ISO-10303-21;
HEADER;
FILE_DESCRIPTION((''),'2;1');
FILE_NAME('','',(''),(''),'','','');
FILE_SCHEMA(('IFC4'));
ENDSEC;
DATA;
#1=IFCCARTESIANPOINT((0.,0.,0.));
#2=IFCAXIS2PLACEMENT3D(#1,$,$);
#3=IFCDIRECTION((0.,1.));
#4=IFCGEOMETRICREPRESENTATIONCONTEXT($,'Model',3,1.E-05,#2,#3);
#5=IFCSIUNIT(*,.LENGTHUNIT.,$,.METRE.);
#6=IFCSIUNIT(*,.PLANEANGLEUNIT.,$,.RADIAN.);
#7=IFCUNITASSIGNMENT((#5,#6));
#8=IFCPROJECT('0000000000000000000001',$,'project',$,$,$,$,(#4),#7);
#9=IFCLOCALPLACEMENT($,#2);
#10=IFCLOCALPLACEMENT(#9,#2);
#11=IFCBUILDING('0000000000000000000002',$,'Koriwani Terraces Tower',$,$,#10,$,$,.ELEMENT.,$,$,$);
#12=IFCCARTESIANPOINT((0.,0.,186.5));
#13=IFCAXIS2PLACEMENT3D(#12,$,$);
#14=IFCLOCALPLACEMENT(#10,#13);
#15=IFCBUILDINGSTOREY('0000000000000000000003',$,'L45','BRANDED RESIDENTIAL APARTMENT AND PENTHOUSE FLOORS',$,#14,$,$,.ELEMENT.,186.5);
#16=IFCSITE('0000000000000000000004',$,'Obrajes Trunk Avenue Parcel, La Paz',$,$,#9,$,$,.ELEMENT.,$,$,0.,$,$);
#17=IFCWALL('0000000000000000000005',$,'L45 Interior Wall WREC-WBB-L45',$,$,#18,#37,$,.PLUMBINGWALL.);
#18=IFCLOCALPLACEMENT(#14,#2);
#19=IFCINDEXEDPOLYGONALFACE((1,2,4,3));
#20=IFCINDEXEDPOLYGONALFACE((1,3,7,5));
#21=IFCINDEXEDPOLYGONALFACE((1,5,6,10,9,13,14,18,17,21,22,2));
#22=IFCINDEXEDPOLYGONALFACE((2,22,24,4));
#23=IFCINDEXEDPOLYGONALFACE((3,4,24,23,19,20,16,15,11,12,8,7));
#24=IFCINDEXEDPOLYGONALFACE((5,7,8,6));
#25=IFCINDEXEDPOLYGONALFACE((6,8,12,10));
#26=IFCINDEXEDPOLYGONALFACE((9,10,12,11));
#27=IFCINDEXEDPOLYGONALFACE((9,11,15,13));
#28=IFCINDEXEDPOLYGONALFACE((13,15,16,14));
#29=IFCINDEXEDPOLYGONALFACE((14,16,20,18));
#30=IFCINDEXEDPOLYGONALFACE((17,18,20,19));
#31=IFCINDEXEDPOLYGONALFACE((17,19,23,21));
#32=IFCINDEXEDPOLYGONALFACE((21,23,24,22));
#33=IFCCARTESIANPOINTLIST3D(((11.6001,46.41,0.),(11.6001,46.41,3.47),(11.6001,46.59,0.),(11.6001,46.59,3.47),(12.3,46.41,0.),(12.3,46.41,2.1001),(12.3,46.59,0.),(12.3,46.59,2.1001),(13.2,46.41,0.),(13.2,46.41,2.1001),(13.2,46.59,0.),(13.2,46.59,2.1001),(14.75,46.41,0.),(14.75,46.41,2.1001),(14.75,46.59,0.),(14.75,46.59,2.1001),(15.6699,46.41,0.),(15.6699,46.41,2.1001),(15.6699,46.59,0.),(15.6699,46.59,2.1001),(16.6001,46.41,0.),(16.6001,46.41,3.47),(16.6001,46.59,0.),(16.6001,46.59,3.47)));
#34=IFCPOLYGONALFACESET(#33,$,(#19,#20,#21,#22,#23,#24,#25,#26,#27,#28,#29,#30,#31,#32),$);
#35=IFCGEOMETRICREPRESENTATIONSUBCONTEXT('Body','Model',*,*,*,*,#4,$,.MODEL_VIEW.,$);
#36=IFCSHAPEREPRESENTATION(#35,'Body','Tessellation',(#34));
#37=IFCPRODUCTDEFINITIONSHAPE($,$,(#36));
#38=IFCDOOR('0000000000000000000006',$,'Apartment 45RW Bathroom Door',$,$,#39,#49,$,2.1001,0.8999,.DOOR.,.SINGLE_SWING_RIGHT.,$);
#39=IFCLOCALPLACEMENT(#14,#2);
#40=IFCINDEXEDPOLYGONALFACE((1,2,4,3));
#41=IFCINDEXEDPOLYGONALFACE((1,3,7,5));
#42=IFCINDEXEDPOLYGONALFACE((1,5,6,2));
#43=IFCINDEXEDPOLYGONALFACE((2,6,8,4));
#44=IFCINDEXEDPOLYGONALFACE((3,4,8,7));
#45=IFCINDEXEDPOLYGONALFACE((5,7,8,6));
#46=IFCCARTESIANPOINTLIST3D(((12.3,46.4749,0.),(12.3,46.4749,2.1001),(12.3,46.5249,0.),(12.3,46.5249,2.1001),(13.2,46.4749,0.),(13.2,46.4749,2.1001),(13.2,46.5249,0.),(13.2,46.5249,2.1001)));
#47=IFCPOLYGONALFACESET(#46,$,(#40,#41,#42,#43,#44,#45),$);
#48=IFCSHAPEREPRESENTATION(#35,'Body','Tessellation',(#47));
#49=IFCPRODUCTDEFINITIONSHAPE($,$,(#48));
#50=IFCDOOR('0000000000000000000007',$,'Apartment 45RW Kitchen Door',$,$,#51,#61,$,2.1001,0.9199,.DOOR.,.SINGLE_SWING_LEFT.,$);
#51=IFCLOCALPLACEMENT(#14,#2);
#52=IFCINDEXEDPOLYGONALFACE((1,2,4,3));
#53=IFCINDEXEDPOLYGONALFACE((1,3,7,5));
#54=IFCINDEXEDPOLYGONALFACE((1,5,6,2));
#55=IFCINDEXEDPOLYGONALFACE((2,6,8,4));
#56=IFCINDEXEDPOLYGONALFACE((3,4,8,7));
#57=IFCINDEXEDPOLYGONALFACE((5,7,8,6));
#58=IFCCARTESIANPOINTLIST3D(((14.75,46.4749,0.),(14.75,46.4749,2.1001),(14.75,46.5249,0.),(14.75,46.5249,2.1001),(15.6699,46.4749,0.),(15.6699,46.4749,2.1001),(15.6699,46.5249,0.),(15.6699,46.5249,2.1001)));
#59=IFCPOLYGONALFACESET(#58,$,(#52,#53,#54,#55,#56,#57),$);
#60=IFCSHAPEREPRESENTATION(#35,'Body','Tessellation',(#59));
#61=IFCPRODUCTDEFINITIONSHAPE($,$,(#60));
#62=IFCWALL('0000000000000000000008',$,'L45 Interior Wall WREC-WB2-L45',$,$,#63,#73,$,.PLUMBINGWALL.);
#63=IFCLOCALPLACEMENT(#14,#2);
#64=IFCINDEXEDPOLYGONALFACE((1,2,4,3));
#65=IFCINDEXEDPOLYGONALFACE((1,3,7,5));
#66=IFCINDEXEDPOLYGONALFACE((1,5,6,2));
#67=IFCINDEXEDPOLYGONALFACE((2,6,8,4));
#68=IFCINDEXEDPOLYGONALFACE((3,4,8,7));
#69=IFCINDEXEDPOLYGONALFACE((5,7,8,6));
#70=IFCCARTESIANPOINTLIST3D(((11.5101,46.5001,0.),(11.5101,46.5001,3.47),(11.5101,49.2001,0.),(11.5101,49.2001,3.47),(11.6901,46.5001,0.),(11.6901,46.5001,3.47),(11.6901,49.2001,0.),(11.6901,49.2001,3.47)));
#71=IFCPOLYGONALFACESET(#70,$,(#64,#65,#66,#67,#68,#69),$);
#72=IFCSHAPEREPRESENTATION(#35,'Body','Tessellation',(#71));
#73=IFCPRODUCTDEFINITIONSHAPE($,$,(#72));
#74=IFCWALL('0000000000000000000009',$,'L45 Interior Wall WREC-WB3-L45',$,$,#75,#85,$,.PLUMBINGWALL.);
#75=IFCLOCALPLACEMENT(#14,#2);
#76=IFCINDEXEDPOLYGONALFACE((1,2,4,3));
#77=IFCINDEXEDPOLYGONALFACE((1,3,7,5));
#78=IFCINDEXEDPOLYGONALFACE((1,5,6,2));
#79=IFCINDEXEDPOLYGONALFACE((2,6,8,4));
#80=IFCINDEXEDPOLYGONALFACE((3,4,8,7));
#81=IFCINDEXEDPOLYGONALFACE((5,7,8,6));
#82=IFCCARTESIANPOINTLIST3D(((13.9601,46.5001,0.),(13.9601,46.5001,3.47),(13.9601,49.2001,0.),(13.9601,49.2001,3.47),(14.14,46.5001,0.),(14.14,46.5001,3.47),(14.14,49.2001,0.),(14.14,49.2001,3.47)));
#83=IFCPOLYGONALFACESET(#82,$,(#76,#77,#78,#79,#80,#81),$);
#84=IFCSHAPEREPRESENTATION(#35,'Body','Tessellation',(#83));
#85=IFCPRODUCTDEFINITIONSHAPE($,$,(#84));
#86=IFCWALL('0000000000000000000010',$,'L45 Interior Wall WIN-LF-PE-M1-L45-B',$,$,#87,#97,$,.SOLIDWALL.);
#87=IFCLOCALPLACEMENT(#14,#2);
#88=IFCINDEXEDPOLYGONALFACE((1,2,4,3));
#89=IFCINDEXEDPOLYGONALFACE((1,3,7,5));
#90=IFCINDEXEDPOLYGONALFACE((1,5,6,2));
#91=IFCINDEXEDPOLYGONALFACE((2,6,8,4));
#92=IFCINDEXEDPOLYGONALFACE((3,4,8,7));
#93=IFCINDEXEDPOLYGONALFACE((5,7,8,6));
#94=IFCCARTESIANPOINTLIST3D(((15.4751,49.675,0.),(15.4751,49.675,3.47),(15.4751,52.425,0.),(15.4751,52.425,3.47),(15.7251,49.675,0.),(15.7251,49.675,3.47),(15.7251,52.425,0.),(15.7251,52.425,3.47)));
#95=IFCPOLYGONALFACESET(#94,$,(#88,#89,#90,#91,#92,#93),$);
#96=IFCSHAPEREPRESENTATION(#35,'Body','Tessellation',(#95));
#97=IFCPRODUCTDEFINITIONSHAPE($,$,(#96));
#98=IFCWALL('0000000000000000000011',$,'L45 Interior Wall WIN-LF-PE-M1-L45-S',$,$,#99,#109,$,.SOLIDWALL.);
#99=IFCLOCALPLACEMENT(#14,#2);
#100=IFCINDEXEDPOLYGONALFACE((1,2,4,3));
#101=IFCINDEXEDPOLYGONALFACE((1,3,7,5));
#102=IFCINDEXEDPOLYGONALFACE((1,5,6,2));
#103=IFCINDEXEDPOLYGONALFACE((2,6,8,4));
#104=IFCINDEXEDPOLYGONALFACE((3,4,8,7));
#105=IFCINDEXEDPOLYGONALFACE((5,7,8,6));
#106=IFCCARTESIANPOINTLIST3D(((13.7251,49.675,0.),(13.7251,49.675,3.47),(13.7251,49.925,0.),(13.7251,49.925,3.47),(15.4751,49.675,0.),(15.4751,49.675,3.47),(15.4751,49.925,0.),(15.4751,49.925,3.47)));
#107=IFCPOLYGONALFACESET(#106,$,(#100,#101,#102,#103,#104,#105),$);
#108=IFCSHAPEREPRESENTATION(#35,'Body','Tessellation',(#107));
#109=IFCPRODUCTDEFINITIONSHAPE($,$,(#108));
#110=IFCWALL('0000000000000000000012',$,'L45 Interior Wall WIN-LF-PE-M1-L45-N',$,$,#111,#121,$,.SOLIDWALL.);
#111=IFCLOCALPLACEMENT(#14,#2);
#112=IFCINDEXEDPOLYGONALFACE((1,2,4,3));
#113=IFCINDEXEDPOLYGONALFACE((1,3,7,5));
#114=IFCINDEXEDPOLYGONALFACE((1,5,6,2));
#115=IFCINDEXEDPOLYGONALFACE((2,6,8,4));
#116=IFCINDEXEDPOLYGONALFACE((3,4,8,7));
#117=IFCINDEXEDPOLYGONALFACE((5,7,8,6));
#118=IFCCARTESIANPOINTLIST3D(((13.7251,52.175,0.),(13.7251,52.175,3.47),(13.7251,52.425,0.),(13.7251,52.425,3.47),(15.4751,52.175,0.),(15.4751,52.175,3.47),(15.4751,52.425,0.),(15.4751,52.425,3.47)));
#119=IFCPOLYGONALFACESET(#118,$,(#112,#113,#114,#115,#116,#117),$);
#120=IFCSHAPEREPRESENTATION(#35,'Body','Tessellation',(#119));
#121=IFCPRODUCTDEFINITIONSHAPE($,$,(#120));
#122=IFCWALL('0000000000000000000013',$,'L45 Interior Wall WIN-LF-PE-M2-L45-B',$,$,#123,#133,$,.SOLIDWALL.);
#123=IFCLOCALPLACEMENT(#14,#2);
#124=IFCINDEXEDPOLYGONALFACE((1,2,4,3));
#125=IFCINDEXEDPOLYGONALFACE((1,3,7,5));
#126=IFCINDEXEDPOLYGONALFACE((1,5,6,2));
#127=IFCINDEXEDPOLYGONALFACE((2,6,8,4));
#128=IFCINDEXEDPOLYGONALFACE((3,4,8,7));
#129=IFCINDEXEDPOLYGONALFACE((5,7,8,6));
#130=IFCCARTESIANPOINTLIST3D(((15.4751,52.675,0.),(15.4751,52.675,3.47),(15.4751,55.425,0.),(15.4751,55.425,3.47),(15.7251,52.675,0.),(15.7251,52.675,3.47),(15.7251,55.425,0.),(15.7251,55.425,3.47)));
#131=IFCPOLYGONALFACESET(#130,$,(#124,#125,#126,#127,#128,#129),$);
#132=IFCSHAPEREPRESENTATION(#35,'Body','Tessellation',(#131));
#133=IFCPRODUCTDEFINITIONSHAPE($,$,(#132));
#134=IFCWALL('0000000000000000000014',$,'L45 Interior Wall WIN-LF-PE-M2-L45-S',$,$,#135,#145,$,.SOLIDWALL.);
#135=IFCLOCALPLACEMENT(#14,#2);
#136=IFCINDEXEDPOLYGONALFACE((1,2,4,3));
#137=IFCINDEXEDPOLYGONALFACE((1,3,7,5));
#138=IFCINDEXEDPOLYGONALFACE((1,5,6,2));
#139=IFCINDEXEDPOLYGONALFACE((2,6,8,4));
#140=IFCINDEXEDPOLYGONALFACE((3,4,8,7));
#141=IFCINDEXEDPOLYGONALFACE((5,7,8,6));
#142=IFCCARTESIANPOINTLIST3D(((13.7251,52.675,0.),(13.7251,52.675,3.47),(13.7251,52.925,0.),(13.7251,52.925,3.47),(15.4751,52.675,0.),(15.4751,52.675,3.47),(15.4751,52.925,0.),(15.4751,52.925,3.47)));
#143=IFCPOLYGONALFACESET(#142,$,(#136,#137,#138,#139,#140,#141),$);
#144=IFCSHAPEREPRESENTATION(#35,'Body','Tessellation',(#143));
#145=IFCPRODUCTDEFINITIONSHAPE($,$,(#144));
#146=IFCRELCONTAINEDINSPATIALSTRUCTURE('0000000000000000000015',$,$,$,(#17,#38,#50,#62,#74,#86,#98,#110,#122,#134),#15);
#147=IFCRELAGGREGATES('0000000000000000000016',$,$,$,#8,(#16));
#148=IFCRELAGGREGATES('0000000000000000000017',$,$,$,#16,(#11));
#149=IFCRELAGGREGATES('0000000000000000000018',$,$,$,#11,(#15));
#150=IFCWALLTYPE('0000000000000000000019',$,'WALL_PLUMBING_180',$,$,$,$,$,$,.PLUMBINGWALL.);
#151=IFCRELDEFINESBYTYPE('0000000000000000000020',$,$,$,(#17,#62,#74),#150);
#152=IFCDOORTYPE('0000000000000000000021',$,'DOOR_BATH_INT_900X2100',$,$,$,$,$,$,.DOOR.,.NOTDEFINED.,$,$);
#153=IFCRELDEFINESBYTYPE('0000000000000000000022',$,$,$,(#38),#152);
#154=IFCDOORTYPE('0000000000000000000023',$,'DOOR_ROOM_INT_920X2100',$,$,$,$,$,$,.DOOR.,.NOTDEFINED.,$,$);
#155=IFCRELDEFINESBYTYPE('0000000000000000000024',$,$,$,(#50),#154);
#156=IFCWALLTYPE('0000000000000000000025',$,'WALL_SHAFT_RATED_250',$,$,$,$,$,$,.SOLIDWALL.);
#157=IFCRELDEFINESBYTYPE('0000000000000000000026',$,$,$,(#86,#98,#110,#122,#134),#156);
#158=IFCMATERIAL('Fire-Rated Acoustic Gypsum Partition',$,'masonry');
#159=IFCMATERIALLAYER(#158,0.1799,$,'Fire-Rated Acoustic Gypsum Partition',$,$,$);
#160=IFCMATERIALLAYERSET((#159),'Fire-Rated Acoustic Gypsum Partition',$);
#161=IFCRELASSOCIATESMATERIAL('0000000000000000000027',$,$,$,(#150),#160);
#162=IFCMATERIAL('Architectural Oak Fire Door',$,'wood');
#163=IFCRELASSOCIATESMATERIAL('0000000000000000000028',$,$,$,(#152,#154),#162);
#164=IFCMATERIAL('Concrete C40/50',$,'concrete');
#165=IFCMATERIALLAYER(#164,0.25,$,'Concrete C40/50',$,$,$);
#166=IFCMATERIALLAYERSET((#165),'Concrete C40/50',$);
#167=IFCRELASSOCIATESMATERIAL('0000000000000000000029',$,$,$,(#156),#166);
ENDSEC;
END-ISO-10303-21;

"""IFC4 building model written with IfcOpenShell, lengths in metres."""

from ifc_helpers import new_model, si_unit, direction, frame, frame_2d, origin, place, context, subcontext, project, spatial, rectangle, extrude, material, layer, layer_set, type_object, element, fill, save


model = new_model("IFC4")

# Units and contexts
model_context = context("Model", 3, precision=1e-05, world=origin(), true_north=direction((0.0, 1.0)))
body_context = subcontext(model_context, "Body", "Model", "MODEL_VIEW")
ifc_project = project(units=[si_unit("LENGTHUNIT", "METRE"), si_unit("PLANEANGLEUNIT", "RADIAN")], contexts=[model_context])

# Site, building, storey
site_placement = place(None, origin())
site = spatial("IfcSite", under=ifc_project, at=site_placement, Name="Obrajes Trunk Avenue Parcel, La Paz", CompositionType="ELEMENT", RefElevation=0.0)
building_placement = place(site_placement, origin())
building = spatial("IfcBuilding", under=site, at=building_placement, Name="Koriwani Terraces Tower", CompositionType="ELEMENT")
storey_placement = place(building_placement, frame((0.0, 0.0, 186.5)))
storey = spatial("IfcBuildingStorey", under=building, at=storey_placement, Name="L45", Description="BRANDED RESIDENTIAL APARTMENT AND PENTHOUSE FLOORS", CompositionType="ELEMENT", Elevation=186.5)

# Shared definitions
ifc_material_1 = material(Name="Concrete C40/50", Category="concrete")

# Wall, openings, doors
ifc_material_2 = material(Name="Fire-Rated Acoustic Gypsum Partition", Category="masonry")
ifc_layer_1 = layer(ifc_material_2, 0.1799, Name="Fire-Rated Acoustic Gypsum Partition")
ifc_layer_set_1 = layer_set([ifc_layer_1], Name="Fire-Rated Acoustic Gypsum Partition")
wall_type_1 = type_object("IfcWallType", Name="WALL_PLUMBING_180", PredefinedType="PLUMBINGWALL", material=ifc_layer_set_1)
wall_1_placement = place(storey_placement, frame((11.6001, 46.5, 0.0), z_axis=(0.0, 0.0, 1.0), x_axis=(1.0, 0.0, 0.0)))
wall_1 = element("IfcWall", 1, at=wall_1_placement, inside=storey, type_object=wall_type_1, Name="L45 Interior Wall WREC-WBB-L45", PredefinedType="PLUMBINGWALL", context=body_context, shape_type="SweptSolid", body=[
    extrude(rectangle(XDim=5.0, YDim=0.1799, at=frame_2d((2.5, 0.0))), origin(), (0.0, 0.0, 1.0), 3.47),
])
opening_1_placement = place(wall_1_placement, frame((0.7, 0.0, 0.0)))
opening_1 = element("IfcOpeningElement", 2, at=opening_1_placement, cuts=wall_1, PredefinedType="OPENING", context=body_context, shape_type="SweptSolid", body=[
    extrude(rectangle(XDim=0.8999, YDim=2.1001, at=frame_2d((0.45, 1.05))), frame((0.0, 0.1001, 0.0), z_axis=(0.0, -1.0, 0.0), x_axis=(1.0, 0.0, 0.0)), (0.0, 0.0, 1.0), 0.2),
])
opening_2_placement = place(wall_1_placement, frame((3.1499, 0.0, 0.0)))
opening_2 = element("IfcOpeningElement", 3, at=opening_2_placement, cuts=wall_1, PredefinedType="OPENING", context=body_context, shape_type="SweptSolid", body=[
    extrude(rectangle(XDim=0.9199, YDim=2.1001, at=frame_2d((0.46, 1.05))), frame((0.0, 0.1001, 0.0), z_axis=(0.0, -1.0, 0.0), x_axis=(1.0, 0.0, 0.0)), (0.0, 0.0, 1.0), 0.2),
])
ifc_material_3 = material(Name="Architectural Oak Fire Door", Category="wood")
door_type_1 = type_object("IfcDoorType", Name="DOOR_BATH_INT_900X2100", OperationType="NOTDEFINED", PredefinedType="DOOR", material=ifc_material_3)
door_1_placement = place(opening_1_placement, origin())
door_1 = element("IfcDoor", 4, at=door_1_placement, inside=storey, type_object=door_type_1, Name="Apartment 45RW Bathroom Door", OperationType="SINGLE_SWING_RIGHT", OverallHeight=2.1001, OverallWidth=0.8999, PredefinedType="DOOR", context=body_context, shape_type="SweptSolid", body=[
    extrude(rectangle(XDim=0.8999, YDim=2.1001, at=frame_2d((0.45, 1.05))), frame((0.0, 0.0249, 0.0), z_axis=(0.0, -1.0, 0.0), x_axis=(1.0, 0.0, 0.0)), (0.0, 0.0, 1.0), 0.05),
])
fill(opening_1, door_1)
door_type_2 = type_object("IfcDoorType", Name="DOOR_ROOM_INT_920X2100", OperationType="NOTDEFINED", PredefinedType="DOOR", material=ifc_material_3)
door_2_placement = place(opening_2_placement, origin())
door_2 = element("IfcDoor", 5, at=door_2_placement, inside=storey, type_object=door_type_2, Name="Apartment 45RW Kitchen Door", OperationType="SINGLE_SWING_LEFT", OverallHeight=2.1001, OverallWidth=0.9199, PredefinedType="DOOR", context=body_context, shape_type="SweptSolid", body=[
    extrude(rectangle(XDim=0.9199, YDim=2.1001, at=frame_2d((0.46, 1.05))), frame((0.0, 0.0249, 0.0), z_axis=(0.0, -1.0, 0.0), x_axis=(1.0, 0.0, 0.0)), (0.0, 0.0, 1.0), 0.05),
])
fill(opening_2, door_2)

# Walls
for number, where, z_axis, x_axis, name in (
    (6, (11.6001, 46.5, 0.0), (0.0, 0.0, 1.0), (0.0, 1.0, 0.0), "L45 Interior Wall WREC-WB2-L45"),
    (7, (14.05, 46.5, 0.0), (0.0, 0.0, 1.0), (0.0, 1.0, 0.0), "L45 Interior Wall WREC-WB3-L45"),
):
    element("IfcWall", number, at=place(storey_placement, frame(where, z_axis=z_axis, x_axis=x_axis)), inside=storey, type_object=wall_type_1, Name=name, PredefinedType="PLUMBINGWALL", context=body_context, shape_type="SweptSolid", body=[
        extrude(rectangle(XDim=2.7, YDim=0.1799, at=frame_2d((1.3501, 0.0))), origin(), (0.0, 0.0, 1.0), 3.47),
    ])

# Shared definitions
ifc_layer_2 = layer(ifc_material_1, 0.25, Name="Concrete C40/50")
ifc_layer_set_2 = layer_set([ifc_layer_2], Name="Concrete C40/50")
wall_type_2 = type_object("IfcWallType", Name="WALL_SHAFT_RATED_250", PredefinedType="SOLIDWALL", material=ifc_layer_set_2)

# Walls
wall_2_placement = place(storey_placement, frame((15.6001, 49.675, 0.0), z_axis=(0.0, 0.0, 1.0), x_axis=(0.0, 1.0, 0.0)))
element("IfcWall", 8, at=wall_2_placement, inside=storey, type_object=wall_type_2, Name="L45 Interior Wall WIN-LF-PE-M1-L45-B", PredefinedType="SOLIDWALL", context=body_context, shape_type="SweptSolid", body=[
    extrude(rectangle(XDim=2.75, YDim=0.25, at=frame_2d((1.375, 0.0))), origin(), (0.0, 0.0, 1.0), 3.47),
])
for number, where, z_axis, x_axis, name in (
    (9, (13.7251, 49.8, 0.0), (0.0, 0.0, 1.0), (1.0, 0.0, 0.0), "L45 Interior Wall WIN-LF-PE-M1-L45-S"),
    (10, (13.7251, 52.3, 0.0), (0.0, 0.0, 1.0), (1.0, 0.0, 0.0), "L45 Interior Wall WIN-LF-PE-M1-L45-N"),
):
    element("IfcWall", number, at=place(storey_placement, frame(where, z_axis=z_axis, x_axis=x_axis)), inside=storey, type_object=wall_type_2, Name=name, PredefinedType="SOLIDWALL", context=body_context, shape_type="SweptSolid", body=[
        extrude(rectangle(XDim=1.75, YDim=0.25, at=frame_2d((0.875, 0.0))), origin(), (0.0, 0.0, 1.0), 3.47),
    ])

# Walls
wall_3_placement = place(storey_placement, frame((15.6001, 52.675, 0.0), z_axis=(0.0, 0.0, 1.0), x_axis=(0.0, 1.0, 0.0)))
element("IfcWall", 11, at=wall_3_placement, inside=storey, type_object=wall_type_2, Name="L45 Interior Wall WIN-LF-PE-M2-L45-B", PredefinedType="SOLIDWALL", context=body_context, shape_type="SweptSolid", body=[
    extrude(rectangle(XDim=2.75, YDim=0.25, at=frame_2d((1.375, 0.0))), origin(), (0.0, 0.0, 1.0), 3.47),
])
wall_4_placement = place(storey_placement, frame((13.7251, 52.8, 0.0), z_axis=(0.0, 0.0, 1.0), x_axis=(1.0, 0.0, 0.0)))
element("IfcWall", 12, at=wall_4_placement, inside=storey, type_object=wall_type_2, Name="L45 Interior Wall WIN-LF-PE-M2-L45-S", PredefinedType="SOLIDWALL", context=body_context, shape_type="SweptSolid", body=[
    extrude(rectangle(XDim=1.75, YDim=0.25, at=frame_2d((0.875, 0.0))), origin(), (0.0, 0.0, 1.0), 3.47),
])

save(model, "model.ifc")
